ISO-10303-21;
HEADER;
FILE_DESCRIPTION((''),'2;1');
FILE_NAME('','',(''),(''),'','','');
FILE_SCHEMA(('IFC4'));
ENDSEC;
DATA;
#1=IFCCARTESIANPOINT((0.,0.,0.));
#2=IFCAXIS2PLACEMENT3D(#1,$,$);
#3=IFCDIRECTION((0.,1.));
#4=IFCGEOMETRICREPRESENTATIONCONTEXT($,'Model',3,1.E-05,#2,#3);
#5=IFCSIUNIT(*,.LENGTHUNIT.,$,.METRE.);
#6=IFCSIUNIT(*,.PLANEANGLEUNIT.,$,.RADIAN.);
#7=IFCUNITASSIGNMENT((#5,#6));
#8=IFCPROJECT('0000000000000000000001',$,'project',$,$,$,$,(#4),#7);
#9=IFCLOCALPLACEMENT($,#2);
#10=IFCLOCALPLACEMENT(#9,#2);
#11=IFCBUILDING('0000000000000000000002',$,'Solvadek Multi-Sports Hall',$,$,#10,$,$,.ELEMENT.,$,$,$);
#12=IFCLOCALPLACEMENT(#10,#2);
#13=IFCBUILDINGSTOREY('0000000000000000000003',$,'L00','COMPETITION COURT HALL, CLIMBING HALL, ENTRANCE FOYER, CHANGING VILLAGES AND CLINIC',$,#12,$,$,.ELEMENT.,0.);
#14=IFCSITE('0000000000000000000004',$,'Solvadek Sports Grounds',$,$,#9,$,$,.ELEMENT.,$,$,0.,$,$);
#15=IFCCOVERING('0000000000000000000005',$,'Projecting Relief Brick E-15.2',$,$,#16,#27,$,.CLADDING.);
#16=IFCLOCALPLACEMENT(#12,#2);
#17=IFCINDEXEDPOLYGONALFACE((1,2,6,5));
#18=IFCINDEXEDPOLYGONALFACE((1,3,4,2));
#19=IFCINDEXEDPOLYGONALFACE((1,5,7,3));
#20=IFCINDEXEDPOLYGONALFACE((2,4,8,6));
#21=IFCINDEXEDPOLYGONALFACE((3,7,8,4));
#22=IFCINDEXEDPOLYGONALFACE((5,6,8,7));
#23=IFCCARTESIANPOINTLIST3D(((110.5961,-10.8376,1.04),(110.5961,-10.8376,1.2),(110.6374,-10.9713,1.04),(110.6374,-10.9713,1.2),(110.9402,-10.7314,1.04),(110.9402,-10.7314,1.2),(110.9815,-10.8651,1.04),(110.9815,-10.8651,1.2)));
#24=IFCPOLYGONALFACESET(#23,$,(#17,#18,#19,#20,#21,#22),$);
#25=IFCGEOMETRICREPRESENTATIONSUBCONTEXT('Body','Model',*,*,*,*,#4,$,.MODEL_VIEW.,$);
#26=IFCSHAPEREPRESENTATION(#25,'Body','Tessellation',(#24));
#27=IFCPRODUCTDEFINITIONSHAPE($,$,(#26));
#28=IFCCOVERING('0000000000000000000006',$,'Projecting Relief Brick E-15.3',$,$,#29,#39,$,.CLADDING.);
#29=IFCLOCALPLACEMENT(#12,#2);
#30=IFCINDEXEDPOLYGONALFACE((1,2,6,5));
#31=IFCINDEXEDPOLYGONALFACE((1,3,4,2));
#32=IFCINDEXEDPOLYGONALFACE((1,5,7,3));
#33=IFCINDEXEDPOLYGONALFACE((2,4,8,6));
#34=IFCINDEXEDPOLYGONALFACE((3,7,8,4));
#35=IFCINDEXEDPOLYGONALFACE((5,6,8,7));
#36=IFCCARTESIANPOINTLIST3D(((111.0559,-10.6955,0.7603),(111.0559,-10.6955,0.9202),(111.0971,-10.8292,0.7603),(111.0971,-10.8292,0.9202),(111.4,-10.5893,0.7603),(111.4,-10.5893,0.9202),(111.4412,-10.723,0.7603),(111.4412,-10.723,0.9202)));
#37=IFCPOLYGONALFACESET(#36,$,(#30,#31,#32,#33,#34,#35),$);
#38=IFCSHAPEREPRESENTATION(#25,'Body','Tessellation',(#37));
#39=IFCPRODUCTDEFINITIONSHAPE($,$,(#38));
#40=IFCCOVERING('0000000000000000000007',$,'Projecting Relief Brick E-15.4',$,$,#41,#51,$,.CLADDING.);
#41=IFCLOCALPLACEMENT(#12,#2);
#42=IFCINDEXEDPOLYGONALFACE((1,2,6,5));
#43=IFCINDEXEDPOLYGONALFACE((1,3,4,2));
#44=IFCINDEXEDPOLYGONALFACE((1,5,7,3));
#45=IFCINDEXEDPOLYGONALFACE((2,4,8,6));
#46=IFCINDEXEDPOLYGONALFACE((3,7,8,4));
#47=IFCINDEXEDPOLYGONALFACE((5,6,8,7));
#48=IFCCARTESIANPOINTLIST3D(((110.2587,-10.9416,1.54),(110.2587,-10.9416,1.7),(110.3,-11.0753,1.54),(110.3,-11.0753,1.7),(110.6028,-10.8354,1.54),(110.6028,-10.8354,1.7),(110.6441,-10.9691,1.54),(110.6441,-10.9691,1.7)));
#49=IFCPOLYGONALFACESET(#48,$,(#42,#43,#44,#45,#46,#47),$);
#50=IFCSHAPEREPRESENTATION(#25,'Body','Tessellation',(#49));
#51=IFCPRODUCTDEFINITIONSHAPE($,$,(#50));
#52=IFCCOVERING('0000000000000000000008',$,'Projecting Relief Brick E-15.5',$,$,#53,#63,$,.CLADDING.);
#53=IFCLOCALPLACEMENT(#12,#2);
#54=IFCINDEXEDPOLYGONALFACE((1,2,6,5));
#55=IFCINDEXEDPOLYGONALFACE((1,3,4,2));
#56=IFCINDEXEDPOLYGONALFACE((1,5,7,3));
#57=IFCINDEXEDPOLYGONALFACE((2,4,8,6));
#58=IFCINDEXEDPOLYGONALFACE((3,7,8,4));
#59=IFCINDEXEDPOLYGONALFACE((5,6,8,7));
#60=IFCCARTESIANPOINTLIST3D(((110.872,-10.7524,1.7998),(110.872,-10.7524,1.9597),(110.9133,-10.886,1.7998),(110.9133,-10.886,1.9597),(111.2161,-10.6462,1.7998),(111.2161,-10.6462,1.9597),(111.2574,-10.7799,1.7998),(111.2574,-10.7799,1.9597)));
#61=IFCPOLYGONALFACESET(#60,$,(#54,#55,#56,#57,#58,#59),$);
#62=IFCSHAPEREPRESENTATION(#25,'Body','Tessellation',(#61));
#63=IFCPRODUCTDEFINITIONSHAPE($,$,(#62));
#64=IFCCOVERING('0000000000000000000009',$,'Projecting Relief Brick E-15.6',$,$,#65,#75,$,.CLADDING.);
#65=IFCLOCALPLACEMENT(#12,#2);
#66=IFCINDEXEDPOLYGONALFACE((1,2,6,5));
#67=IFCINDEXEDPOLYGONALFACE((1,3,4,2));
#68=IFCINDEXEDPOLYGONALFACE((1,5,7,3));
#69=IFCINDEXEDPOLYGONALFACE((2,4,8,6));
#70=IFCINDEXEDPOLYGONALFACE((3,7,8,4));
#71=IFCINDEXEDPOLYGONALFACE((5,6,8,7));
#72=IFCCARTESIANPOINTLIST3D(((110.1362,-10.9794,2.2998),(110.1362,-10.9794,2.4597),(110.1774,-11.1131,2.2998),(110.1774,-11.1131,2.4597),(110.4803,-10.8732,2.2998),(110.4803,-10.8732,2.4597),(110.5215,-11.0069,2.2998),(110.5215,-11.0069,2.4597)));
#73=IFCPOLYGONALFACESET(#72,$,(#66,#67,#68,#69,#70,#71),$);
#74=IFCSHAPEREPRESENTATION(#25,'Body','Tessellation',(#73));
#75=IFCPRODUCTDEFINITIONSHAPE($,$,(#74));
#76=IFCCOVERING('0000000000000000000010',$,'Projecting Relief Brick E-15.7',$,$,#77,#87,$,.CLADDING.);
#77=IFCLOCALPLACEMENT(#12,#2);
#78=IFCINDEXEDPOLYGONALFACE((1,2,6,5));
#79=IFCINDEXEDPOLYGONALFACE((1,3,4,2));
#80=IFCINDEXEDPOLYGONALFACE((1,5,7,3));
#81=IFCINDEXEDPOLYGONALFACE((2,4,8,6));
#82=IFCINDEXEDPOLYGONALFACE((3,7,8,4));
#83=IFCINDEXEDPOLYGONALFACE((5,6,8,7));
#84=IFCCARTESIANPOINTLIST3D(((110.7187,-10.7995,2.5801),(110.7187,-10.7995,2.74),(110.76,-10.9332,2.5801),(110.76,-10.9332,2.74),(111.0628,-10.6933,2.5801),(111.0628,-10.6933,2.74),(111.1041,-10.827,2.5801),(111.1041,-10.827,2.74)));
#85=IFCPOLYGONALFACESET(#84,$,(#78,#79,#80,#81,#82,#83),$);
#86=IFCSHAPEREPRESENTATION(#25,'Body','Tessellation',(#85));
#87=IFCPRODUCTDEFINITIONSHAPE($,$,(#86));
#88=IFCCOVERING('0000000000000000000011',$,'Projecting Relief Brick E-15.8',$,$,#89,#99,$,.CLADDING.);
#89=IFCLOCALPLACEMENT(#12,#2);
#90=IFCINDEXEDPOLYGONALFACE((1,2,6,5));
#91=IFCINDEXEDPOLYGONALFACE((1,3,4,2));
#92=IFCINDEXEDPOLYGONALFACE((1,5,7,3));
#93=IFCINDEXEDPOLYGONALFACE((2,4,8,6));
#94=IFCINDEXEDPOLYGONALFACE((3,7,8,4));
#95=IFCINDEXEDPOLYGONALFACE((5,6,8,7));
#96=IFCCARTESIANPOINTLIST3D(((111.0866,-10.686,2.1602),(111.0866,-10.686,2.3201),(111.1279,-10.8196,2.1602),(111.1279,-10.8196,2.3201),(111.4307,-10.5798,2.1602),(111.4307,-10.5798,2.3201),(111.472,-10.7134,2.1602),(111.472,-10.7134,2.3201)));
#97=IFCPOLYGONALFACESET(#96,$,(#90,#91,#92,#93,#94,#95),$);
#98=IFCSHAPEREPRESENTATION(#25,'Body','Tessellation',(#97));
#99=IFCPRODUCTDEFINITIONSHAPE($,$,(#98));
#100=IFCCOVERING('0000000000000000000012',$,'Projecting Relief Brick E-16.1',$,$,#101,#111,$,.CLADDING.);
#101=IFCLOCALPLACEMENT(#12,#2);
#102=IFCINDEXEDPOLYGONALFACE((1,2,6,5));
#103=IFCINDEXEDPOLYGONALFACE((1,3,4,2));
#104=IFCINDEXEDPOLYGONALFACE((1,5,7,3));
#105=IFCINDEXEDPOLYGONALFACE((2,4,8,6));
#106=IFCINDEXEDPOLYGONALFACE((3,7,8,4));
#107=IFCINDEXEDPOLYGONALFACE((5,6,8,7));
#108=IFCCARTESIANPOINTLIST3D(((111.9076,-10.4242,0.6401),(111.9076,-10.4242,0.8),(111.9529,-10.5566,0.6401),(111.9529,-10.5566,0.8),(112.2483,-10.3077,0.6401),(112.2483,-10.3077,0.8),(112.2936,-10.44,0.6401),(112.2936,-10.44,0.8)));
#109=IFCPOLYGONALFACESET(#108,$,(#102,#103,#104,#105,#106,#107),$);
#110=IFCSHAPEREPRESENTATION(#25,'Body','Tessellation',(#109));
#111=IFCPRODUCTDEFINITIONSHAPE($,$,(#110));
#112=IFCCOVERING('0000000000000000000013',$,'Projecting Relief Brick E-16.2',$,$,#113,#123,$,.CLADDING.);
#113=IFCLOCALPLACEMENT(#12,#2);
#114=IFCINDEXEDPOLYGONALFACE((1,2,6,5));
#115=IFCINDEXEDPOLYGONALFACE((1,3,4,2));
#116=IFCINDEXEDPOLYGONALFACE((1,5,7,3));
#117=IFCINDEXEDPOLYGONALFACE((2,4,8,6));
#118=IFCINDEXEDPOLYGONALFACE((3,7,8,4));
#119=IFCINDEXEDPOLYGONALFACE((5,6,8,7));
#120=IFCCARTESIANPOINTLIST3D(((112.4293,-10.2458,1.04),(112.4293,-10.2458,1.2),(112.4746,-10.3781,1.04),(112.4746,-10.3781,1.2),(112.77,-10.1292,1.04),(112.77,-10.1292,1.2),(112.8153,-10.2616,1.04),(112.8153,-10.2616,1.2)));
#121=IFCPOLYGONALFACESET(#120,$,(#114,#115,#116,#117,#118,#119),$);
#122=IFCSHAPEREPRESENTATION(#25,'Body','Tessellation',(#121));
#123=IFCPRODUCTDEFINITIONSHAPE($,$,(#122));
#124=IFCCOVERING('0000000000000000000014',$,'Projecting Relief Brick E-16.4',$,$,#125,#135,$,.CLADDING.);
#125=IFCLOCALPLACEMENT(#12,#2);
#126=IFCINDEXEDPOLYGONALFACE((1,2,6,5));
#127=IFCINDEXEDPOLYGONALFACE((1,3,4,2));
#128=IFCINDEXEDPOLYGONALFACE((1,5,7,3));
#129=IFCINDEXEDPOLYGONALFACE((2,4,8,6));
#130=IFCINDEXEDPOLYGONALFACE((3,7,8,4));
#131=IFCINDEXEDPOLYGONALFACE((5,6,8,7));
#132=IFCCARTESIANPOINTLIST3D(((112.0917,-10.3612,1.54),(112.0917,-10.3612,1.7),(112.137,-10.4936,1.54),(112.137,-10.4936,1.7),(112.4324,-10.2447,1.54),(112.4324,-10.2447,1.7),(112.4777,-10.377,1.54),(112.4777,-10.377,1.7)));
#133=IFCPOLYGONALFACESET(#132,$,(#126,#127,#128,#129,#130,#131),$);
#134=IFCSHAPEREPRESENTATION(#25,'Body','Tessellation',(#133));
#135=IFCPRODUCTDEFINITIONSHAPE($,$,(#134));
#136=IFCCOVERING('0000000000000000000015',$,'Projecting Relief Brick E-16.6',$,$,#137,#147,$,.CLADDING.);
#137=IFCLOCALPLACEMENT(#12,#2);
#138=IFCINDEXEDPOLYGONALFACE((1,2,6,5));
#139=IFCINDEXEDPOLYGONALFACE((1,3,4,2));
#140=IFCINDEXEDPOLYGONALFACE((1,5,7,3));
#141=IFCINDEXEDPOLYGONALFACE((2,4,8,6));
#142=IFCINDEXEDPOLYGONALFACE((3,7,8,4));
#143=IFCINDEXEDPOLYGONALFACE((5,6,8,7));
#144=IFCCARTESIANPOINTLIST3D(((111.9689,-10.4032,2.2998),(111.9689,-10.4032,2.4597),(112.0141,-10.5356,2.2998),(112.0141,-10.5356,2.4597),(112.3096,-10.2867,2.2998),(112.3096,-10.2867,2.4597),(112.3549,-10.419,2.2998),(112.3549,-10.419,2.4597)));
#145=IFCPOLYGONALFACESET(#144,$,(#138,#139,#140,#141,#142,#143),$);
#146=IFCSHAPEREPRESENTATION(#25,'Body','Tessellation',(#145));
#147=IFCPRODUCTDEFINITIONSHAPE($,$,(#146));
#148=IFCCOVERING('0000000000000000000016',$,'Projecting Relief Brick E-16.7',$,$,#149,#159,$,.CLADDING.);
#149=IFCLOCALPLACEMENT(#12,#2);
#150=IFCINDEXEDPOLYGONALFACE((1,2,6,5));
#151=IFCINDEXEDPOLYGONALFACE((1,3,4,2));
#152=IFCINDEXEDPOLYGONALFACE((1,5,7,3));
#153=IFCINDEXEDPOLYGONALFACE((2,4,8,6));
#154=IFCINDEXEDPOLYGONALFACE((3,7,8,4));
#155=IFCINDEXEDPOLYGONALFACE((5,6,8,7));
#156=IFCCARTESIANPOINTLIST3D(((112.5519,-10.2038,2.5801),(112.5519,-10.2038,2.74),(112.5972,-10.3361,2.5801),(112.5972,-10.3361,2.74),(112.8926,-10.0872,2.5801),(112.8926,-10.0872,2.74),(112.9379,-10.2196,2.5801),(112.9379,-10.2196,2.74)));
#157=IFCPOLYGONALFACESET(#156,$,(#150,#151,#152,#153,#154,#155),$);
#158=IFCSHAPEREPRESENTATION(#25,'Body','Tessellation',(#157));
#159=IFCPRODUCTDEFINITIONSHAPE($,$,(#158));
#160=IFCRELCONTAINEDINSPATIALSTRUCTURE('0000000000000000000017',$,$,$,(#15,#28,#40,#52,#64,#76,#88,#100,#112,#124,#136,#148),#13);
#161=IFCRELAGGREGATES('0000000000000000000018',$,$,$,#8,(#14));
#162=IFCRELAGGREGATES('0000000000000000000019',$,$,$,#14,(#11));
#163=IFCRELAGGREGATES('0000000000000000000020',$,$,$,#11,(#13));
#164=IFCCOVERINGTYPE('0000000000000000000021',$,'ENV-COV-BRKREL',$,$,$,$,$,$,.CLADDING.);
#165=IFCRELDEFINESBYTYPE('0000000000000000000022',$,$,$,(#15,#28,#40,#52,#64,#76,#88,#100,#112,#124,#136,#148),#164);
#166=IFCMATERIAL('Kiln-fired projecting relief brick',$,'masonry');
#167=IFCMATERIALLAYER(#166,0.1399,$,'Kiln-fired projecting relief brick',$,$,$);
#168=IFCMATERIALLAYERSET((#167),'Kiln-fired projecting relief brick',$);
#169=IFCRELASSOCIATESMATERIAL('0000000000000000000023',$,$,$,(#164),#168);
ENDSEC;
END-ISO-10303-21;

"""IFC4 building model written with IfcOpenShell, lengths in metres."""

from ifc_helpers import new_model, si_unit, direction, frame, origin, origin_2d, place, context, subcontext, project, spatial, rectangle, extrude, material, layer, layer_set, type_object, element, save


model = new_model("IFC4")

# Units and contexts
model_context = context("Model", 3, precision=1e-05, world=origin(), true_north=direction((0.0, 1.0)))
body_context = subcontext(model_context, "Body", "Model", "MODEL_VIEW")
ifc_project = project(units=[si_unit("LENGTHUNIT", "METRE"), si_unit("PLANEANGLEUNIT", "RADIAN")], contexts=[model_context])

# Site, building, storey
site_placement = place(None, origin())
site = spatial("IfcSite", under=ifc_project, at=site_placement, Name="Solvadek Sports Grounds", CompositionType="ELEMENT", RefElevation=0.0)
building_placement = place(site_placement, origin())
building = spatial("IfcBuilding", under=site, at=building_placement, Name="Solvadek Multi-Sports Hall", CompositionType="ELEMENT")
storey_placement = place(building_placement, origin())
storey = spatial("IfcBuildingStorey", under=building, at=storey_placement, Name="L00", Description="COMPETITION COURT HALL, CLIMBING HALL, ENTRANCE FOYER, CHANGING VILLAGES AND CLINIC", CompositionType="ELEMENT", Elevation=0.0)

# Coverings
ifc_material_1 = material(Name="Kiln-fired projecting relief brick", Category="masonry")
ifc_layer_1 = layer(ifc_material_1, 0.1399, Name="Kiln-fired projecting relief brick")
ifc_layer_set_1 = layer_set([ifc_layer_1], Name="Kiln-fired projecting relief brick")
covering_type = type_object("IfcCoveringType", Name="ENV-COV-BRKREL", PredefinedType="CLADDING", material=ifc_layer_set_1)
for number, where, z_axis, x_axis, name in (
    (1, (110.7888, -10.8513, 1.04), (0.0, 0.0, 1.0), (0.955527, 0.294905, 0.0), "Projecting Relief Brick E-15.2"),
    (2, (111.2485, -10.7092, 0.7603), (0.0, 0.0, 1.0), (0.955527, 0.294905, 0.0), "Projecting Relief Brick E-15.3"),
    (3, (110.4514, -10.9553, 1.54), (0.0, 0.0, 1.0), (0.955527, 0.294905, 0.0), "Projecting Relief Brick E-15.4"),
    (4, (111.0647, -10.7661, 1.7998), (0.0, 0.0, 1.0), (0.955527, 0.294905, 0.0), "Projecting Relief Brick E-15.5"),
    (5, (110.3289, -10.9932, 2.2998), (0.0, 0.0, 1.0), (0.955527, 0.294905, 0.0), "Projecting Relief Brick E-15.6"),
    (6, (110.9114, -10.8132, 2.5801), (0.0, 0.0, 1.0), (0.955527, 0.294905, 0.0), "Projecting Relief Brick E-15.7"),
    (7, (111.2793, -10.6997, 2.1602), (0.0, 0.0, 1.0), (0.955527, 0.294905, 0.0), "Projecting Relief Brick E-15.8"),
    (8, (112.1006, -10.4321, 0.6401), (0.0, 0.0, 1.0), (0.946153, 0.32372, 0.0), "Projecting Relief Brick E-16.1"),
    (9, (112.6223, -10.2537, 1.04), (0.0, 0.0, 1.0), (0.946153, 0.32372, 0.0), "Projecting Relief Brick E-16.2"),
    (10, (112.2847, -10.3691, 1.54), (0.0, 0.0, 1.0), (0.946153, 0.32372, 0.0), "Projecting Relief Brick E-16.4"),
    (11, (112.1619, -10.4111, 2.2998), (0.0, 0.0, 1.0), (0.946153, 0.32372, 0.0), "Projecting Relief Brick E-16.6"),
    (12, (112.7449, -10.2117, 2.5801), (0.0, 0.0, 1.0), (0.946153, 0.32372, 0.0), "Projecting Relief Brick E-16.7"),
):
    element("IfcCovering", number, at=place(storey_placement, frame(where, z_axis=z_axis, x_axis=x_axis)), inside=storey, type_object=covering_type, Name=name, PredefinedType="CLADDING", context=body_context, shape_type="SweptSolid", body=[
        extrude(rectangle(XDim=0.3601, YDim=0.1399, at=origin_2d()), origin(), (0.0, 0.0, 1.0), 0.1599),
    ])

save(model, "model.ifc")
